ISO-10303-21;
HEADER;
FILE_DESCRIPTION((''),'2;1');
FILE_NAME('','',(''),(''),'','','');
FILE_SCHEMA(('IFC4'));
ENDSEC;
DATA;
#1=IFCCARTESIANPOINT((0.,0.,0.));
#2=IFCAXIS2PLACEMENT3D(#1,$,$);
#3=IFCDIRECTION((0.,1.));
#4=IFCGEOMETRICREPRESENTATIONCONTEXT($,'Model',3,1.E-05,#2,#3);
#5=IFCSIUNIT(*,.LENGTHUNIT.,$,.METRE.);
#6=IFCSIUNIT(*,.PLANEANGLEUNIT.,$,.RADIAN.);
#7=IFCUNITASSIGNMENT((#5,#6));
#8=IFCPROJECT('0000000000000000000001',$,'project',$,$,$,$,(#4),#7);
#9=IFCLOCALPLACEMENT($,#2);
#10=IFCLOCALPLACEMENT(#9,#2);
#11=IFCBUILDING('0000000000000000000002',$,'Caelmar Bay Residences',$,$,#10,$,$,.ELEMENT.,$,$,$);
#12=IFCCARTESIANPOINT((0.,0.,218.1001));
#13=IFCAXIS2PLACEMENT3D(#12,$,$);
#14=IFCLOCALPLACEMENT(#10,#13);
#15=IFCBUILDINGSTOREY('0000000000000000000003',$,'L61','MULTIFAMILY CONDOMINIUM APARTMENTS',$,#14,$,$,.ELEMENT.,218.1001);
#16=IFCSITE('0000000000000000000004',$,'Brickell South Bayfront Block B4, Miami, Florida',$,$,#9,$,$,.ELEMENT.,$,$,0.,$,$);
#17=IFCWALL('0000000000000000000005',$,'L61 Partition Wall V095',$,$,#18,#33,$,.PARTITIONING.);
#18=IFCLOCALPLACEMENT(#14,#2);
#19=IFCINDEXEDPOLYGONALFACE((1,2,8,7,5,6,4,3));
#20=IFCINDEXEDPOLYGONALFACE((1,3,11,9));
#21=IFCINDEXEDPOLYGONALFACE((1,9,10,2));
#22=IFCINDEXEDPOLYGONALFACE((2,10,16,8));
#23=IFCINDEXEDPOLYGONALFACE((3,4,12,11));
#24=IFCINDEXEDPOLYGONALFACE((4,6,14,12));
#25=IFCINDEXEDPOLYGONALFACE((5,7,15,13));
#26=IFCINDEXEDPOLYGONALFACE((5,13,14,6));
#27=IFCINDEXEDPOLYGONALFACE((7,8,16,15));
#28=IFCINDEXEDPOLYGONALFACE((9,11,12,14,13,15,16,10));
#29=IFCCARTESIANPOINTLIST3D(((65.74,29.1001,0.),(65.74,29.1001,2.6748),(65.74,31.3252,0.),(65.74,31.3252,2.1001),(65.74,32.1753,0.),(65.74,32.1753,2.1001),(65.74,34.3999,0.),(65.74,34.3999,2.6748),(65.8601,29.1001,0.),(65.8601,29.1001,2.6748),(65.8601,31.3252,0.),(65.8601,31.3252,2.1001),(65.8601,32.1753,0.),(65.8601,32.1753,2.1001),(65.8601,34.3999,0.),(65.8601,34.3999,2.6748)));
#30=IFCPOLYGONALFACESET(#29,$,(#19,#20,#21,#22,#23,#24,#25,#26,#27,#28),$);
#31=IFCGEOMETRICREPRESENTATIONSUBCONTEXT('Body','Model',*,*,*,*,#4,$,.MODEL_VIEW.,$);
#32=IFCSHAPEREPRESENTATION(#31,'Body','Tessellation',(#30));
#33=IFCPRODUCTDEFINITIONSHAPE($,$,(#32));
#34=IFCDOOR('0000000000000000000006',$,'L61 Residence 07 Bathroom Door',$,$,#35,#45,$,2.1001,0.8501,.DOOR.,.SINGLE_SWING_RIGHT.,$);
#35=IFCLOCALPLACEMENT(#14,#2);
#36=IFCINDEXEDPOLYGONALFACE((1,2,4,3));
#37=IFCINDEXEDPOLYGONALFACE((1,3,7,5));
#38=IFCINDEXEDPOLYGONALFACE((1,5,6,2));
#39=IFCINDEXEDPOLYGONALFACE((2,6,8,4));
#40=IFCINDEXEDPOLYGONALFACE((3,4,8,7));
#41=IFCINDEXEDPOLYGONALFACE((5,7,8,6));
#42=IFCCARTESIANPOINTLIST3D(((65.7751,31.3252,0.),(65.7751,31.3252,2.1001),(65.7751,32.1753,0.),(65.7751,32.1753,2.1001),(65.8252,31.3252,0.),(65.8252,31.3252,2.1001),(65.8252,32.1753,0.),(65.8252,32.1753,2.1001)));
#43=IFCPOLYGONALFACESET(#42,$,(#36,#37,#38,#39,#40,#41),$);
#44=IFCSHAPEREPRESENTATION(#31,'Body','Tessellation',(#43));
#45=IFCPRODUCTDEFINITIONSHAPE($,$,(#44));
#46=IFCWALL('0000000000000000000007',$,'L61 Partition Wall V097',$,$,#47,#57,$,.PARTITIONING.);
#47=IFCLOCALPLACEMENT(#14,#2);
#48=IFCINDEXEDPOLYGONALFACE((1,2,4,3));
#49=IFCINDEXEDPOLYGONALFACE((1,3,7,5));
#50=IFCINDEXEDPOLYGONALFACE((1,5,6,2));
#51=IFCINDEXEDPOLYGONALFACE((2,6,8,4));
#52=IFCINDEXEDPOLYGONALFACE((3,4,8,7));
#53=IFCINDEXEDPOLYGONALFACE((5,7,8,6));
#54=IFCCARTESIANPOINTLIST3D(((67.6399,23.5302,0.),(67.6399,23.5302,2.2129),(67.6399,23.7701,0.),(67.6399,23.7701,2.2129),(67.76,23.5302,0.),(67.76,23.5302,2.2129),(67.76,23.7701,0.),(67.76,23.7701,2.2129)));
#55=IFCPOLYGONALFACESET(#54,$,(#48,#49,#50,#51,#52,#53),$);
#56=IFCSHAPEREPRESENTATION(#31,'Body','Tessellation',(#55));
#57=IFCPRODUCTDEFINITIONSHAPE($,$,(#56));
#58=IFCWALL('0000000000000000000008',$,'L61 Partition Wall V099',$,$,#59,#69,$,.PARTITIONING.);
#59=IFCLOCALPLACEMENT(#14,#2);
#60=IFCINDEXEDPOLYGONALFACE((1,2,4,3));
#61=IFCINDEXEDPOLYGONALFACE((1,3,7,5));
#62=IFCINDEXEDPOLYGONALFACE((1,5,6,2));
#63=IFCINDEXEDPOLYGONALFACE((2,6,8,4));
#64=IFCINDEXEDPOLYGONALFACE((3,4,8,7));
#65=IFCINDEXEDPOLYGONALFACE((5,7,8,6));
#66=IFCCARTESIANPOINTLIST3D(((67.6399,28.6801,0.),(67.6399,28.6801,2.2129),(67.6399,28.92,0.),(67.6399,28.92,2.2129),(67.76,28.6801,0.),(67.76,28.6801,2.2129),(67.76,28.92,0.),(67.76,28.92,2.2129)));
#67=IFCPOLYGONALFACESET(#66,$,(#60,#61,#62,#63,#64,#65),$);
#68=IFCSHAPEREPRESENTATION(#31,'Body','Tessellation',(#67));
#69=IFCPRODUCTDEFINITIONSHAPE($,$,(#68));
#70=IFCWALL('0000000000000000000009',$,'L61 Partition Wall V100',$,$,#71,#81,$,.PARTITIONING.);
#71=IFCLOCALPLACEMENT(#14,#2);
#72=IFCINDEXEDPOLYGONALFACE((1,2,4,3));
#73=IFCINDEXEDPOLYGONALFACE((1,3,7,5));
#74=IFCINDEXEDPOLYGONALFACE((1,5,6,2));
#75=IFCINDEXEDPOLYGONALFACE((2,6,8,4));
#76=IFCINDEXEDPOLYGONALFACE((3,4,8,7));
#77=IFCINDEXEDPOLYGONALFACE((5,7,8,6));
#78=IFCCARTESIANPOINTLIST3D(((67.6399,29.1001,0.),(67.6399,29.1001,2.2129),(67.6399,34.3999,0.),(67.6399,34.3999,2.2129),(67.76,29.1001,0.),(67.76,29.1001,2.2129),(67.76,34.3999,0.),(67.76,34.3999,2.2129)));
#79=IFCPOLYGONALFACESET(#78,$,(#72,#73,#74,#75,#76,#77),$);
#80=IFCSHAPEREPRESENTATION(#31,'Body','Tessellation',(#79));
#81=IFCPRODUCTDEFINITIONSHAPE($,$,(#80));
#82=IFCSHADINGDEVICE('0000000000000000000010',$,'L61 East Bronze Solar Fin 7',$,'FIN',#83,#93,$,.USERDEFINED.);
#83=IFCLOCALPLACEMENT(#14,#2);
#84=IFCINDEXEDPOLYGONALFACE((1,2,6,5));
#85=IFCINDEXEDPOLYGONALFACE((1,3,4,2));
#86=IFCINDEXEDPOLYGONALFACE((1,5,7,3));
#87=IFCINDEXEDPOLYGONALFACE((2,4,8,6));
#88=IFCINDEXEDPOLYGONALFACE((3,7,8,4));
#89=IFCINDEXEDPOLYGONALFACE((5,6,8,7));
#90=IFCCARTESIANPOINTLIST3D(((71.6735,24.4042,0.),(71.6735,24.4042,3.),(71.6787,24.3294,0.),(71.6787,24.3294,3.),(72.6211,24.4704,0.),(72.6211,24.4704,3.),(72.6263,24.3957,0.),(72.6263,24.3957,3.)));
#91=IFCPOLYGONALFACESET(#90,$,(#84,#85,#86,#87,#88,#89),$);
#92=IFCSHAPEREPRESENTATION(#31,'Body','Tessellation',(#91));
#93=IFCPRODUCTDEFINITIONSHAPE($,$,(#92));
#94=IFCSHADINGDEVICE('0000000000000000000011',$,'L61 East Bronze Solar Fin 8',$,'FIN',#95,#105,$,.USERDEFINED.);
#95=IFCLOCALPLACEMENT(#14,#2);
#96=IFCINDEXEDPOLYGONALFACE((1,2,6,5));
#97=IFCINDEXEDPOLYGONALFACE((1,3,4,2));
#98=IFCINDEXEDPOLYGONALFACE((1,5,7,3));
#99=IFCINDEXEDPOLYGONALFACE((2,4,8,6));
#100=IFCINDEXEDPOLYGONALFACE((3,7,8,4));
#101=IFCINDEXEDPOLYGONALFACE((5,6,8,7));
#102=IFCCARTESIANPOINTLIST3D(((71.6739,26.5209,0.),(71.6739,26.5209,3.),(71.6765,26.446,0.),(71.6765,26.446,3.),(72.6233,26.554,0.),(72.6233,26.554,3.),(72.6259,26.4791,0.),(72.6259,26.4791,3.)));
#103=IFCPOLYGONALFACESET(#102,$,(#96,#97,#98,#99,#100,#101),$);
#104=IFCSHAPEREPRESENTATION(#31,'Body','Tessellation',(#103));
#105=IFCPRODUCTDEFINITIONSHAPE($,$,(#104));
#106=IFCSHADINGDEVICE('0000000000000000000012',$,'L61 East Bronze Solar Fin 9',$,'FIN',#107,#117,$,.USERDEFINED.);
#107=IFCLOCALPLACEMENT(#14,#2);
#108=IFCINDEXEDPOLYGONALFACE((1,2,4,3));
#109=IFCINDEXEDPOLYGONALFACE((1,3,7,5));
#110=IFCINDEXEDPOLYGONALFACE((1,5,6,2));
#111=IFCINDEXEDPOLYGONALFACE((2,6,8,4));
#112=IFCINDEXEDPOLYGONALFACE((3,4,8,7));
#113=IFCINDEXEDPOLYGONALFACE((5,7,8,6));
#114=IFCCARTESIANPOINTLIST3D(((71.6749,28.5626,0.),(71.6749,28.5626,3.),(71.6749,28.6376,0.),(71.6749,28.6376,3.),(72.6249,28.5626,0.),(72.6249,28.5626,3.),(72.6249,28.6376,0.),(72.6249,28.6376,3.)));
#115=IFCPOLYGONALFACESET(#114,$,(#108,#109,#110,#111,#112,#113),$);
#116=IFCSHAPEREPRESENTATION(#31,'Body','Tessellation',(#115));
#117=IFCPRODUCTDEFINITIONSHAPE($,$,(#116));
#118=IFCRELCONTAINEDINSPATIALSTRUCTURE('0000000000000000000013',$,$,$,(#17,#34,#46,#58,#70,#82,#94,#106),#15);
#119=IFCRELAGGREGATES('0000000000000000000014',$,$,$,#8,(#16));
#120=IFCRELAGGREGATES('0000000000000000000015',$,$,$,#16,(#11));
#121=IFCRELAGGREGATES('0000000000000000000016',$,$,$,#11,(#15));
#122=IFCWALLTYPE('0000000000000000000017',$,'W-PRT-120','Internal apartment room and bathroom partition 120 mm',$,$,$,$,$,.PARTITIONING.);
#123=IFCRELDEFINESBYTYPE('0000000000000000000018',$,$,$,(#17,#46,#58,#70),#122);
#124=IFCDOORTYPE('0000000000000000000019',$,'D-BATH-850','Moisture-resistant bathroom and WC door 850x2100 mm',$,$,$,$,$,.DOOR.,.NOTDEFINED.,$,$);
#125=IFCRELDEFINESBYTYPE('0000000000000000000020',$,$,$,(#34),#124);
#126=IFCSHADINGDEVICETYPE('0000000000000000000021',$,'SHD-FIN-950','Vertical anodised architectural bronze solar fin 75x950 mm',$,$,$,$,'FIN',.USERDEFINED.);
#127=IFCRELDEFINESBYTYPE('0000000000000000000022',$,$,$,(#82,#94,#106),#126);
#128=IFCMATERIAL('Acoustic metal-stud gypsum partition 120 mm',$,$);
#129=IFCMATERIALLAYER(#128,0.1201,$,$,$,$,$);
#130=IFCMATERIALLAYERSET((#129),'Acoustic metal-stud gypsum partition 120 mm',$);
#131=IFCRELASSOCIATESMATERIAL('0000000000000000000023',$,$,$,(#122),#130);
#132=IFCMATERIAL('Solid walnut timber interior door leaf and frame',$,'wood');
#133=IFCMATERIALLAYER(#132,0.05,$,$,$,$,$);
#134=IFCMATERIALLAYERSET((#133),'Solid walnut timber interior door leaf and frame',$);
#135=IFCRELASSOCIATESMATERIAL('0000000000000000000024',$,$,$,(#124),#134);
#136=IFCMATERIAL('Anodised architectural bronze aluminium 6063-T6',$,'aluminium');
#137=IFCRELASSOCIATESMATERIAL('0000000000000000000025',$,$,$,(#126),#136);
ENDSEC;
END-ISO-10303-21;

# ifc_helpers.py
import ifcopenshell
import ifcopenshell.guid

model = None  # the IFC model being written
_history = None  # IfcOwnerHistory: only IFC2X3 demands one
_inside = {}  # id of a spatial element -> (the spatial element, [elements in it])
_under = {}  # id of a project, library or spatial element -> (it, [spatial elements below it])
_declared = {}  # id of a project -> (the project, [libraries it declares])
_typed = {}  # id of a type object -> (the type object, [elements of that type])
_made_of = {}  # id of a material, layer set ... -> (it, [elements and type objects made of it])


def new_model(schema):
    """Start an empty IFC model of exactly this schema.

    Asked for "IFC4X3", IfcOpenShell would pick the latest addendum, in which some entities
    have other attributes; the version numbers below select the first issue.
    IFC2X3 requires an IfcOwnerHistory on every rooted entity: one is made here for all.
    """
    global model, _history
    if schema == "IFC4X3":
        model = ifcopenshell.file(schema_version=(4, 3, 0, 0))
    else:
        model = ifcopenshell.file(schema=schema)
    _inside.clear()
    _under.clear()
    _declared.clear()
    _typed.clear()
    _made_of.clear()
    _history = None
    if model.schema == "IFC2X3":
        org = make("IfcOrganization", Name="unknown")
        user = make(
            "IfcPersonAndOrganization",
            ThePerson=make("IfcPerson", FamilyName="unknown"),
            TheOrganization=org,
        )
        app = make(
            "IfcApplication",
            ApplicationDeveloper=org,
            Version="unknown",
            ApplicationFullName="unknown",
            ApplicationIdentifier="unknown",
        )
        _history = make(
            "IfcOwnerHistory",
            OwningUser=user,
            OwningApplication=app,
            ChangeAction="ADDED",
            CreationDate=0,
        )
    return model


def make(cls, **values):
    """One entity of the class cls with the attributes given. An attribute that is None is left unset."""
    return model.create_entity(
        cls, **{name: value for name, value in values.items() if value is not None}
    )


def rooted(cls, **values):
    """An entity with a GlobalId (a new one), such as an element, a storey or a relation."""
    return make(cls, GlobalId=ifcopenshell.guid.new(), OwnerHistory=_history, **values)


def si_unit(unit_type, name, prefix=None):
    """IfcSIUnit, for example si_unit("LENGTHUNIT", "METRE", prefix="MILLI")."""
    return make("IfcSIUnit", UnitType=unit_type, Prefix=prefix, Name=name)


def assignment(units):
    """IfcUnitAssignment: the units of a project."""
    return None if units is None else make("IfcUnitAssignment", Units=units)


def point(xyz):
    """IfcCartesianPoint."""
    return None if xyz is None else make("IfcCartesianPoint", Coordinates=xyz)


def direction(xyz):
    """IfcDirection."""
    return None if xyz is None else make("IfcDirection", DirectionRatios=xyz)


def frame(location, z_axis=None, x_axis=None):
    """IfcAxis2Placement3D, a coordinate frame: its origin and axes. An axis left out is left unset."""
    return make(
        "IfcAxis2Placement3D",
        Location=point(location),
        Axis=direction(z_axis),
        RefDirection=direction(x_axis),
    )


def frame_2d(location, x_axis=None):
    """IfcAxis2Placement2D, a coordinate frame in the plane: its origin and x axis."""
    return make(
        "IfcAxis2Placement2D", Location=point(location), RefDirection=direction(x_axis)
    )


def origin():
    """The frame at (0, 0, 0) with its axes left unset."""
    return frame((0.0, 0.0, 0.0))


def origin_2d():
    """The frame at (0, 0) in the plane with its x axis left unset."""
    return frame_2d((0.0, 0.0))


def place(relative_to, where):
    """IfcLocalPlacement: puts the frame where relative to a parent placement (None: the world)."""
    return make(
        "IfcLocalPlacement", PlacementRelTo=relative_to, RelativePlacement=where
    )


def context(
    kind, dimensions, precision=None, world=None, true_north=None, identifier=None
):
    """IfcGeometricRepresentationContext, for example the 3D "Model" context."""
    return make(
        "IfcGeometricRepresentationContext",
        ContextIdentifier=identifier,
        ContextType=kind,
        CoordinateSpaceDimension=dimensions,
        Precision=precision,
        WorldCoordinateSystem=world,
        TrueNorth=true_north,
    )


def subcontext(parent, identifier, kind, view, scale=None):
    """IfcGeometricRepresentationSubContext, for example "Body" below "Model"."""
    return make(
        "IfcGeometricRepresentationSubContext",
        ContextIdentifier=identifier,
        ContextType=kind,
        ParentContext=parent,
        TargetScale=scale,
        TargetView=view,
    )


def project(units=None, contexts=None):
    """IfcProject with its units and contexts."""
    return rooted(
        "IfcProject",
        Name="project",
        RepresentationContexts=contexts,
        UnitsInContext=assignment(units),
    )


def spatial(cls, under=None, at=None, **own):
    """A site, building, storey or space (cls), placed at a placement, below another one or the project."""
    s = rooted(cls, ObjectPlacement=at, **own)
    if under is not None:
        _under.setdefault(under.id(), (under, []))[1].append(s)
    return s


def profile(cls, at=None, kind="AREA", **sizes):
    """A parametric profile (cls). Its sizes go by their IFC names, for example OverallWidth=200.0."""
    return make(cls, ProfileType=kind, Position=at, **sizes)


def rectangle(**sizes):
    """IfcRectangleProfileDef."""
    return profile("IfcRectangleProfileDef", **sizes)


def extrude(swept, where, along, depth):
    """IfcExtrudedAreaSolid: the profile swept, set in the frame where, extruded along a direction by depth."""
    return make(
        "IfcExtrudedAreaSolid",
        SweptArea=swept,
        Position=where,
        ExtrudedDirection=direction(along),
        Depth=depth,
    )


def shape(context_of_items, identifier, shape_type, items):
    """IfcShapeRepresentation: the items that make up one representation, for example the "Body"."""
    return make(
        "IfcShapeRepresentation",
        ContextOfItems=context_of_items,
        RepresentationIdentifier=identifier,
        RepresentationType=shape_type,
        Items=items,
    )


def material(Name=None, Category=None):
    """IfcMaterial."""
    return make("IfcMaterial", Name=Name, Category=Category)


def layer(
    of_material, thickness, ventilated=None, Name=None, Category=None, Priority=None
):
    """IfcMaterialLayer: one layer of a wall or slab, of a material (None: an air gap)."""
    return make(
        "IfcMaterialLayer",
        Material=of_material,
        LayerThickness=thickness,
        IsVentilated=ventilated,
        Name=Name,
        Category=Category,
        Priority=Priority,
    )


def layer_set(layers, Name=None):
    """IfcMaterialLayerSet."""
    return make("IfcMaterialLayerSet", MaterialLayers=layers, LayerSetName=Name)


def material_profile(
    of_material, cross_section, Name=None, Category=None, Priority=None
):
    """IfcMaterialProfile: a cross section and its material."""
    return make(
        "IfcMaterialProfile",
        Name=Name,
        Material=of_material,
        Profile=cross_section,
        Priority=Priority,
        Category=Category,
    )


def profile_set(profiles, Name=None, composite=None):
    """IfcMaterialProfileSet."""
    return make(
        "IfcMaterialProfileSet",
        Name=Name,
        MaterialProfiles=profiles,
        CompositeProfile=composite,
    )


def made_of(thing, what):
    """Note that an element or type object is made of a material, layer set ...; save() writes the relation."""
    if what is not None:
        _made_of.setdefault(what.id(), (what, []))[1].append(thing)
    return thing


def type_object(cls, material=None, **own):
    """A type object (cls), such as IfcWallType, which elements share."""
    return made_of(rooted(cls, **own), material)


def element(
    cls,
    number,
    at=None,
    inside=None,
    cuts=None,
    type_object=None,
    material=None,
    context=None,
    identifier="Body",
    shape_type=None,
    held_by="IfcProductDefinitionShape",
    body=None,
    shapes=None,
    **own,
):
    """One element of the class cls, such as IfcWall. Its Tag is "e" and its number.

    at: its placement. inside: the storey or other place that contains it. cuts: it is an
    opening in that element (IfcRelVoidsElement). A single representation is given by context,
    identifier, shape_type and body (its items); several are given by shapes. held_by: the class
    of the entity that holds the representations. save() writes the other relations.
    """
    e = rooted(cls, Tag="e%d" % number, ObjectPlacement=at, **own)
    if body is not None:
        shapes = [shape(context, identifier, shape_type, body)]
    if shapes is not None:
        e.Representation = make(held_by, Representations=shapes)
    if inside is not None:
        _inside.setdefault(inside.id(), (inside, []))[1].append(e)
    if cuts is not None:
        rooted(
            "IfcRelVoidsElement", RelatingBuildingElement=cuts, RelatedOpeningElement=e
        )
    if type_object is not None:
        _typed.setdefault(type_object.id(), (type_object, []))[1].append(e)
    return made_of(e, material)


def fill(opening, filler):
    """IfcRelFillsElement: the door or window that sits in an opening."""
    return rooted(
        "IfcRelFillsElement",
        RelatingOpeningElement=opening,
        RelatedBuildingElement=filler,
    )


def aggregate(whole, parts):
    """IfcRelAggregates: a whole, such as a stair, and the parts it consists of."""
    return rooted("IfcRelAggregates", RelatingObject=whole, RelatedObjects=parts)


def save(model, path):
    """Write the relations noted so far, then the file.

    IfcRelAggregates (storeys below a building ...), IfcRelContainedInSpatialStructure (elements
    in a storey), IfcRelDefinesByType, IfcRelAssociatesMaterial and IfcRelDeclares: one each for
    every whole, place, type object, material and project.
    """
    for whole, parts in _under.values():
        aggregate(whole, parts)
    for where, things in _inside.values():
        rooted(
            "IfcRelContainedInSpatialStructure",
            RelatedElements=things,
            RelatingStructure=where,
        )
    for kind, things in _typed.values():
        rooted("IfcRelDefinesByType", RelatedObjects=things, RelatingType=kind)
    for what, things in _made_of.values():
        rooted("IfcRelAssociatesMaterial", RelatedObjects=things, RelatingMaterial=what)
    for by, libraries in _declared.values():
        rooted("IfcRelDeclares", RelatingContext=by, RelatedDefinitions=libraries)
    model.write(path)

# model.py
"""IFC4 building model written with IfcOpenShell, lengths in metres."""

from ifc_helpers import new_model, si_unit, direction, frame, frame_2d, origin, origin_2d, place, context, subcontext, project, spatial, rectangle, extrude, material, layer, layer_set, material_profile, profile_set, type_object, element, fill, save


model = new_model("IFC4")

# Units and contexts
model_context = context("Model", 3, precision=1e-05, world=origin(), true_north=direction((0.0, 1.0)))
body_context = subcontext(model_context, "Body", "Model", "MODEL_VIEW")
ifc_project = project(units=[si_unit("LENGTHUNIT", "METRE"), si_unit("PLANEANGLEUNIT", "RADIAN")], contexts=[model_context])

# Site, building, storey
site_placement = place(None, origin())
site = spatial("IfcSite", under=ifc_project, at=site_placement, Name="Brickell South Bayfront Block B4, Miami, Florida", CompositionType="ELEMENT", RefElevation=0.0)
building_placement = place(site_placement, origin())
building = spatial("IfcBuilding", under=site, at=building_placement, Name="Caelmar Bay Residences", CompositionType="ELEMENT")
storey_placement = place(building_placement, frame((0.0, 0.0, 218.1001)))
storey = spatial("IfcBuildingStorey", under=building, at=storey_placement, Name="L61", Description="MULTIFAMILY CONDOMINIUM APARTMENTS", CompositionType="ELEMENT", Elevation=218.1001)

# Shared definitions
ifc_material_1 = material(Name="Acoustic metal-stud gypsum partition 120 mm")
ifc_layer_1 = layer(ifc_material_1, 0.1201)
ifc_layer_set_1 = layer_set([ifc_layer_1], Name="Acoustic metal-stud gypsum partition 120 mm")
wall_type = type_object("IfcWallType", Name="W-PRT-120", Description="Internal apartment room and bathroom partition 120 mm", PredefinedType="PARTITIONING", material=ifc_layer_set_1)

# Shared definitions
ifc_material_2 = material(Name="Solid walnut timber interior door leaf and frame", Category="wood")

# Wall, opening, door
wall_1_placement = place(storey_placement, frame((65.8, 29.1001, 0.0), z_axis=(0.0, 0.0, 1.0), x_axis=(0.0, 1.0, 0.0)))
wall_1 = element("IfcWall", 1, at=wall_1_placement, inside=storey, type_object=wall_type, Name="L61 Partition Wall V095", PredefinedType="PARTITIONING", context=body_context, shape_type="SweptSolid", body=[
    extrude(rectangle(XDim=5.2998, YDim=0.1201, at=frame_2d((2.6499, 0.0))), origin(), (0.0, 0.0, 1.0), 2.6748),
])
opening_1_placement = place(wall_1_placement, frame((2.2251, 0.0, 0.0)))
opening_1 = element("IfcOpeningElement", 2, at=opening_1_placement, cuts=wall_1, PredefinedType="OPENING", context=body_context, shape_type="SweptSolid", body=[
    extrude(rectangle(XDim=0.8501, YDim=2.1001, at=frame_2d((0.425, 1.05))), frame((0.0, 0.0701, 0.0), z_axis=(0.0, -1.0, 0.0), x_axis=(1.0, 0.0, 0.0)), (0.0, 0.0, 1.0), 0.1401),
])
ifc_layer_2 = layer(ifc_material_2, 0.05)
ifc_layer_set_2 = layer_set([ifc_layer_2], Name="Solid walnut timber interior door leaf and frame")
door_type_1 = type_object("IfcDoorType", Name="D-BATH-850", Description="Moisture-resistant bathroom and WC door 850x2100 mm", OperationType="NOTDEFINED", PredefinedType="DOOR", material=ifc_layer_set_2)
door_1_placement = place(opening_1_placement, origin())
door_1 = element("IfcDoor", 3, at=door_1_placement, inside=storey, type_object=door_type_1, Name="L61 Residence 07 Bathroom Door", OperationType="SINGLE_SWING_RIGHT", OverallHeight=2.1001, OverallWidth=0.8501, PredefinedType="DOOR", context=body_context, shape_type="SweptSolid", body=[
    extrude(rectangle(XDim=0.8501, YDim=2.1001, at=frame_2d((0.425, 1.05))), frame((0.0, 0.0249, 0.0), z_axis=(0.0, -1.0, 0.0), x_axis=(1.0, 0.0, 0.0)), (0.0, 0.0, 1.0), 0.05),
])
fill(opening_1, door_1)

# Wall
wall_2_placement = place(storey_placement, frame((67.7, 23.53, 0.0), z_axis=(0.0, 0.0, 1.0), x_axis=(0.0, 1.0, 0.0)))
element("IfcWall", 4, at=wall_2_placement, inside=storey, type_object=wall_type, Name="L61 Partition Wall V097", PredefinedType="PARTITIONING", context=body_context, shape_type="SweptSolid", body=[
    extrude(rectangle(XDim=0.24, YDim=0.1201, at=frame_2d((0.1201, 0.0))), origin(), (0.0, 0.0, 1.0), 2.2129),
])

# Walls
wall_3_placement = place(storey_placement, frame((67.7, 28.6799, 0.0), z_axis=(0.0, 0.0, 1.0), x_axis=(0.0, 1.0, 0.0)))
element("IfcWall", 5, at=wall_3_placement, inside=storey, type_object=wall_type, Name="L61 Partition Wall V099", PredefinedType="PARTITIONING", context=body_context, shape_type="SweptSolid", body=[
    extrude(rectangle(XDim=0.24, YDim=0.1201, at=frame_2d((0.1201, 0.0))), origin(), (0.0, 0.0, 1.0), 2.2129),
])
wall_4_placement = place(storey_placement, frame((67.7, 29.1001, 0.0), z_axis=(0.0, 0.0, 1.0), x_axis=(0.0, 1.0, 0.0)))
element("IfcWall", 6, at=wall_4_placement, inside=storey, type_object=wall_type, Name="L61 Partition Wall V100", PredefinedType="PARTITIONING", context=body_context, shape_type="SweptSolid", body=[
    extrude(rectangle(XDim=5.2998, YDim=0.1201, at=frame_2d((2.6499, 0.0))), origin(), (0.0, 0.0, 1.0), 2.2129),
])

# Shading devices
ifc_material_3 = material(Name="Anodised architectural bronze aluminium 6063-T6", Category="aluminium")
ifc_material_profile_1 = material_profile(ifc_material_3, rectangle(XDim=0.075, YDim=0.95, at=origin_2d()), Name="BRONZE-FIN-75X950")
ifc_profile_set_1 = profile_set([ifc_material_profile_1], Name="Anodised architectural bronze aluminium 6063-T6")
shading_device_type = type_object("IfcShadingDeviceType", Name="SHD-FIN-950", Description="Vertical anodised architectural bronze solar fin 75x950 mm", ElementType="FIN", PredefinedType="USERDEFINED", material=ifc_profile_set_1)
for number, where, z_axis, x_axis, name in (
    (7, (72.1499, 24.3999, 0.0), (0.0, 0.0, 1.0), (-0.069756, 0.997564, 0.0), "L61 East Bronze Solar Fin 7"),
    (8, (72.1499, 26.5, 0.0), (0.0, 0.0, 1.0), (-0.034899, 0.999391, 0.0), "L61 East Bronze Solar Fin 8"),
    (9, (72.1499, 28.6001, 0.0), (0.0, 0.0, 1.0), (0.0, 1.0, 0.0), "L61 East Bronze Solar Fin 9"),
):
    element("IfcShadingDevice", number, at=place(storey_placement, frame(where, z_axis=z_axis, x_axis=x_axis)), inside=storey, type_object=shading_device_type, Name=name, ObjectType="FIN", PredefinedType="USERDEFINED", context=body_context, shape_type="SweptSolid", body=[
        extrude(rectangle(XDim=0.075, YDim=0.95, at=origin_2d()), origin(), (0.0, 0.0, 1.0), 3.0),
    ])

save(model, "model.ifc")
